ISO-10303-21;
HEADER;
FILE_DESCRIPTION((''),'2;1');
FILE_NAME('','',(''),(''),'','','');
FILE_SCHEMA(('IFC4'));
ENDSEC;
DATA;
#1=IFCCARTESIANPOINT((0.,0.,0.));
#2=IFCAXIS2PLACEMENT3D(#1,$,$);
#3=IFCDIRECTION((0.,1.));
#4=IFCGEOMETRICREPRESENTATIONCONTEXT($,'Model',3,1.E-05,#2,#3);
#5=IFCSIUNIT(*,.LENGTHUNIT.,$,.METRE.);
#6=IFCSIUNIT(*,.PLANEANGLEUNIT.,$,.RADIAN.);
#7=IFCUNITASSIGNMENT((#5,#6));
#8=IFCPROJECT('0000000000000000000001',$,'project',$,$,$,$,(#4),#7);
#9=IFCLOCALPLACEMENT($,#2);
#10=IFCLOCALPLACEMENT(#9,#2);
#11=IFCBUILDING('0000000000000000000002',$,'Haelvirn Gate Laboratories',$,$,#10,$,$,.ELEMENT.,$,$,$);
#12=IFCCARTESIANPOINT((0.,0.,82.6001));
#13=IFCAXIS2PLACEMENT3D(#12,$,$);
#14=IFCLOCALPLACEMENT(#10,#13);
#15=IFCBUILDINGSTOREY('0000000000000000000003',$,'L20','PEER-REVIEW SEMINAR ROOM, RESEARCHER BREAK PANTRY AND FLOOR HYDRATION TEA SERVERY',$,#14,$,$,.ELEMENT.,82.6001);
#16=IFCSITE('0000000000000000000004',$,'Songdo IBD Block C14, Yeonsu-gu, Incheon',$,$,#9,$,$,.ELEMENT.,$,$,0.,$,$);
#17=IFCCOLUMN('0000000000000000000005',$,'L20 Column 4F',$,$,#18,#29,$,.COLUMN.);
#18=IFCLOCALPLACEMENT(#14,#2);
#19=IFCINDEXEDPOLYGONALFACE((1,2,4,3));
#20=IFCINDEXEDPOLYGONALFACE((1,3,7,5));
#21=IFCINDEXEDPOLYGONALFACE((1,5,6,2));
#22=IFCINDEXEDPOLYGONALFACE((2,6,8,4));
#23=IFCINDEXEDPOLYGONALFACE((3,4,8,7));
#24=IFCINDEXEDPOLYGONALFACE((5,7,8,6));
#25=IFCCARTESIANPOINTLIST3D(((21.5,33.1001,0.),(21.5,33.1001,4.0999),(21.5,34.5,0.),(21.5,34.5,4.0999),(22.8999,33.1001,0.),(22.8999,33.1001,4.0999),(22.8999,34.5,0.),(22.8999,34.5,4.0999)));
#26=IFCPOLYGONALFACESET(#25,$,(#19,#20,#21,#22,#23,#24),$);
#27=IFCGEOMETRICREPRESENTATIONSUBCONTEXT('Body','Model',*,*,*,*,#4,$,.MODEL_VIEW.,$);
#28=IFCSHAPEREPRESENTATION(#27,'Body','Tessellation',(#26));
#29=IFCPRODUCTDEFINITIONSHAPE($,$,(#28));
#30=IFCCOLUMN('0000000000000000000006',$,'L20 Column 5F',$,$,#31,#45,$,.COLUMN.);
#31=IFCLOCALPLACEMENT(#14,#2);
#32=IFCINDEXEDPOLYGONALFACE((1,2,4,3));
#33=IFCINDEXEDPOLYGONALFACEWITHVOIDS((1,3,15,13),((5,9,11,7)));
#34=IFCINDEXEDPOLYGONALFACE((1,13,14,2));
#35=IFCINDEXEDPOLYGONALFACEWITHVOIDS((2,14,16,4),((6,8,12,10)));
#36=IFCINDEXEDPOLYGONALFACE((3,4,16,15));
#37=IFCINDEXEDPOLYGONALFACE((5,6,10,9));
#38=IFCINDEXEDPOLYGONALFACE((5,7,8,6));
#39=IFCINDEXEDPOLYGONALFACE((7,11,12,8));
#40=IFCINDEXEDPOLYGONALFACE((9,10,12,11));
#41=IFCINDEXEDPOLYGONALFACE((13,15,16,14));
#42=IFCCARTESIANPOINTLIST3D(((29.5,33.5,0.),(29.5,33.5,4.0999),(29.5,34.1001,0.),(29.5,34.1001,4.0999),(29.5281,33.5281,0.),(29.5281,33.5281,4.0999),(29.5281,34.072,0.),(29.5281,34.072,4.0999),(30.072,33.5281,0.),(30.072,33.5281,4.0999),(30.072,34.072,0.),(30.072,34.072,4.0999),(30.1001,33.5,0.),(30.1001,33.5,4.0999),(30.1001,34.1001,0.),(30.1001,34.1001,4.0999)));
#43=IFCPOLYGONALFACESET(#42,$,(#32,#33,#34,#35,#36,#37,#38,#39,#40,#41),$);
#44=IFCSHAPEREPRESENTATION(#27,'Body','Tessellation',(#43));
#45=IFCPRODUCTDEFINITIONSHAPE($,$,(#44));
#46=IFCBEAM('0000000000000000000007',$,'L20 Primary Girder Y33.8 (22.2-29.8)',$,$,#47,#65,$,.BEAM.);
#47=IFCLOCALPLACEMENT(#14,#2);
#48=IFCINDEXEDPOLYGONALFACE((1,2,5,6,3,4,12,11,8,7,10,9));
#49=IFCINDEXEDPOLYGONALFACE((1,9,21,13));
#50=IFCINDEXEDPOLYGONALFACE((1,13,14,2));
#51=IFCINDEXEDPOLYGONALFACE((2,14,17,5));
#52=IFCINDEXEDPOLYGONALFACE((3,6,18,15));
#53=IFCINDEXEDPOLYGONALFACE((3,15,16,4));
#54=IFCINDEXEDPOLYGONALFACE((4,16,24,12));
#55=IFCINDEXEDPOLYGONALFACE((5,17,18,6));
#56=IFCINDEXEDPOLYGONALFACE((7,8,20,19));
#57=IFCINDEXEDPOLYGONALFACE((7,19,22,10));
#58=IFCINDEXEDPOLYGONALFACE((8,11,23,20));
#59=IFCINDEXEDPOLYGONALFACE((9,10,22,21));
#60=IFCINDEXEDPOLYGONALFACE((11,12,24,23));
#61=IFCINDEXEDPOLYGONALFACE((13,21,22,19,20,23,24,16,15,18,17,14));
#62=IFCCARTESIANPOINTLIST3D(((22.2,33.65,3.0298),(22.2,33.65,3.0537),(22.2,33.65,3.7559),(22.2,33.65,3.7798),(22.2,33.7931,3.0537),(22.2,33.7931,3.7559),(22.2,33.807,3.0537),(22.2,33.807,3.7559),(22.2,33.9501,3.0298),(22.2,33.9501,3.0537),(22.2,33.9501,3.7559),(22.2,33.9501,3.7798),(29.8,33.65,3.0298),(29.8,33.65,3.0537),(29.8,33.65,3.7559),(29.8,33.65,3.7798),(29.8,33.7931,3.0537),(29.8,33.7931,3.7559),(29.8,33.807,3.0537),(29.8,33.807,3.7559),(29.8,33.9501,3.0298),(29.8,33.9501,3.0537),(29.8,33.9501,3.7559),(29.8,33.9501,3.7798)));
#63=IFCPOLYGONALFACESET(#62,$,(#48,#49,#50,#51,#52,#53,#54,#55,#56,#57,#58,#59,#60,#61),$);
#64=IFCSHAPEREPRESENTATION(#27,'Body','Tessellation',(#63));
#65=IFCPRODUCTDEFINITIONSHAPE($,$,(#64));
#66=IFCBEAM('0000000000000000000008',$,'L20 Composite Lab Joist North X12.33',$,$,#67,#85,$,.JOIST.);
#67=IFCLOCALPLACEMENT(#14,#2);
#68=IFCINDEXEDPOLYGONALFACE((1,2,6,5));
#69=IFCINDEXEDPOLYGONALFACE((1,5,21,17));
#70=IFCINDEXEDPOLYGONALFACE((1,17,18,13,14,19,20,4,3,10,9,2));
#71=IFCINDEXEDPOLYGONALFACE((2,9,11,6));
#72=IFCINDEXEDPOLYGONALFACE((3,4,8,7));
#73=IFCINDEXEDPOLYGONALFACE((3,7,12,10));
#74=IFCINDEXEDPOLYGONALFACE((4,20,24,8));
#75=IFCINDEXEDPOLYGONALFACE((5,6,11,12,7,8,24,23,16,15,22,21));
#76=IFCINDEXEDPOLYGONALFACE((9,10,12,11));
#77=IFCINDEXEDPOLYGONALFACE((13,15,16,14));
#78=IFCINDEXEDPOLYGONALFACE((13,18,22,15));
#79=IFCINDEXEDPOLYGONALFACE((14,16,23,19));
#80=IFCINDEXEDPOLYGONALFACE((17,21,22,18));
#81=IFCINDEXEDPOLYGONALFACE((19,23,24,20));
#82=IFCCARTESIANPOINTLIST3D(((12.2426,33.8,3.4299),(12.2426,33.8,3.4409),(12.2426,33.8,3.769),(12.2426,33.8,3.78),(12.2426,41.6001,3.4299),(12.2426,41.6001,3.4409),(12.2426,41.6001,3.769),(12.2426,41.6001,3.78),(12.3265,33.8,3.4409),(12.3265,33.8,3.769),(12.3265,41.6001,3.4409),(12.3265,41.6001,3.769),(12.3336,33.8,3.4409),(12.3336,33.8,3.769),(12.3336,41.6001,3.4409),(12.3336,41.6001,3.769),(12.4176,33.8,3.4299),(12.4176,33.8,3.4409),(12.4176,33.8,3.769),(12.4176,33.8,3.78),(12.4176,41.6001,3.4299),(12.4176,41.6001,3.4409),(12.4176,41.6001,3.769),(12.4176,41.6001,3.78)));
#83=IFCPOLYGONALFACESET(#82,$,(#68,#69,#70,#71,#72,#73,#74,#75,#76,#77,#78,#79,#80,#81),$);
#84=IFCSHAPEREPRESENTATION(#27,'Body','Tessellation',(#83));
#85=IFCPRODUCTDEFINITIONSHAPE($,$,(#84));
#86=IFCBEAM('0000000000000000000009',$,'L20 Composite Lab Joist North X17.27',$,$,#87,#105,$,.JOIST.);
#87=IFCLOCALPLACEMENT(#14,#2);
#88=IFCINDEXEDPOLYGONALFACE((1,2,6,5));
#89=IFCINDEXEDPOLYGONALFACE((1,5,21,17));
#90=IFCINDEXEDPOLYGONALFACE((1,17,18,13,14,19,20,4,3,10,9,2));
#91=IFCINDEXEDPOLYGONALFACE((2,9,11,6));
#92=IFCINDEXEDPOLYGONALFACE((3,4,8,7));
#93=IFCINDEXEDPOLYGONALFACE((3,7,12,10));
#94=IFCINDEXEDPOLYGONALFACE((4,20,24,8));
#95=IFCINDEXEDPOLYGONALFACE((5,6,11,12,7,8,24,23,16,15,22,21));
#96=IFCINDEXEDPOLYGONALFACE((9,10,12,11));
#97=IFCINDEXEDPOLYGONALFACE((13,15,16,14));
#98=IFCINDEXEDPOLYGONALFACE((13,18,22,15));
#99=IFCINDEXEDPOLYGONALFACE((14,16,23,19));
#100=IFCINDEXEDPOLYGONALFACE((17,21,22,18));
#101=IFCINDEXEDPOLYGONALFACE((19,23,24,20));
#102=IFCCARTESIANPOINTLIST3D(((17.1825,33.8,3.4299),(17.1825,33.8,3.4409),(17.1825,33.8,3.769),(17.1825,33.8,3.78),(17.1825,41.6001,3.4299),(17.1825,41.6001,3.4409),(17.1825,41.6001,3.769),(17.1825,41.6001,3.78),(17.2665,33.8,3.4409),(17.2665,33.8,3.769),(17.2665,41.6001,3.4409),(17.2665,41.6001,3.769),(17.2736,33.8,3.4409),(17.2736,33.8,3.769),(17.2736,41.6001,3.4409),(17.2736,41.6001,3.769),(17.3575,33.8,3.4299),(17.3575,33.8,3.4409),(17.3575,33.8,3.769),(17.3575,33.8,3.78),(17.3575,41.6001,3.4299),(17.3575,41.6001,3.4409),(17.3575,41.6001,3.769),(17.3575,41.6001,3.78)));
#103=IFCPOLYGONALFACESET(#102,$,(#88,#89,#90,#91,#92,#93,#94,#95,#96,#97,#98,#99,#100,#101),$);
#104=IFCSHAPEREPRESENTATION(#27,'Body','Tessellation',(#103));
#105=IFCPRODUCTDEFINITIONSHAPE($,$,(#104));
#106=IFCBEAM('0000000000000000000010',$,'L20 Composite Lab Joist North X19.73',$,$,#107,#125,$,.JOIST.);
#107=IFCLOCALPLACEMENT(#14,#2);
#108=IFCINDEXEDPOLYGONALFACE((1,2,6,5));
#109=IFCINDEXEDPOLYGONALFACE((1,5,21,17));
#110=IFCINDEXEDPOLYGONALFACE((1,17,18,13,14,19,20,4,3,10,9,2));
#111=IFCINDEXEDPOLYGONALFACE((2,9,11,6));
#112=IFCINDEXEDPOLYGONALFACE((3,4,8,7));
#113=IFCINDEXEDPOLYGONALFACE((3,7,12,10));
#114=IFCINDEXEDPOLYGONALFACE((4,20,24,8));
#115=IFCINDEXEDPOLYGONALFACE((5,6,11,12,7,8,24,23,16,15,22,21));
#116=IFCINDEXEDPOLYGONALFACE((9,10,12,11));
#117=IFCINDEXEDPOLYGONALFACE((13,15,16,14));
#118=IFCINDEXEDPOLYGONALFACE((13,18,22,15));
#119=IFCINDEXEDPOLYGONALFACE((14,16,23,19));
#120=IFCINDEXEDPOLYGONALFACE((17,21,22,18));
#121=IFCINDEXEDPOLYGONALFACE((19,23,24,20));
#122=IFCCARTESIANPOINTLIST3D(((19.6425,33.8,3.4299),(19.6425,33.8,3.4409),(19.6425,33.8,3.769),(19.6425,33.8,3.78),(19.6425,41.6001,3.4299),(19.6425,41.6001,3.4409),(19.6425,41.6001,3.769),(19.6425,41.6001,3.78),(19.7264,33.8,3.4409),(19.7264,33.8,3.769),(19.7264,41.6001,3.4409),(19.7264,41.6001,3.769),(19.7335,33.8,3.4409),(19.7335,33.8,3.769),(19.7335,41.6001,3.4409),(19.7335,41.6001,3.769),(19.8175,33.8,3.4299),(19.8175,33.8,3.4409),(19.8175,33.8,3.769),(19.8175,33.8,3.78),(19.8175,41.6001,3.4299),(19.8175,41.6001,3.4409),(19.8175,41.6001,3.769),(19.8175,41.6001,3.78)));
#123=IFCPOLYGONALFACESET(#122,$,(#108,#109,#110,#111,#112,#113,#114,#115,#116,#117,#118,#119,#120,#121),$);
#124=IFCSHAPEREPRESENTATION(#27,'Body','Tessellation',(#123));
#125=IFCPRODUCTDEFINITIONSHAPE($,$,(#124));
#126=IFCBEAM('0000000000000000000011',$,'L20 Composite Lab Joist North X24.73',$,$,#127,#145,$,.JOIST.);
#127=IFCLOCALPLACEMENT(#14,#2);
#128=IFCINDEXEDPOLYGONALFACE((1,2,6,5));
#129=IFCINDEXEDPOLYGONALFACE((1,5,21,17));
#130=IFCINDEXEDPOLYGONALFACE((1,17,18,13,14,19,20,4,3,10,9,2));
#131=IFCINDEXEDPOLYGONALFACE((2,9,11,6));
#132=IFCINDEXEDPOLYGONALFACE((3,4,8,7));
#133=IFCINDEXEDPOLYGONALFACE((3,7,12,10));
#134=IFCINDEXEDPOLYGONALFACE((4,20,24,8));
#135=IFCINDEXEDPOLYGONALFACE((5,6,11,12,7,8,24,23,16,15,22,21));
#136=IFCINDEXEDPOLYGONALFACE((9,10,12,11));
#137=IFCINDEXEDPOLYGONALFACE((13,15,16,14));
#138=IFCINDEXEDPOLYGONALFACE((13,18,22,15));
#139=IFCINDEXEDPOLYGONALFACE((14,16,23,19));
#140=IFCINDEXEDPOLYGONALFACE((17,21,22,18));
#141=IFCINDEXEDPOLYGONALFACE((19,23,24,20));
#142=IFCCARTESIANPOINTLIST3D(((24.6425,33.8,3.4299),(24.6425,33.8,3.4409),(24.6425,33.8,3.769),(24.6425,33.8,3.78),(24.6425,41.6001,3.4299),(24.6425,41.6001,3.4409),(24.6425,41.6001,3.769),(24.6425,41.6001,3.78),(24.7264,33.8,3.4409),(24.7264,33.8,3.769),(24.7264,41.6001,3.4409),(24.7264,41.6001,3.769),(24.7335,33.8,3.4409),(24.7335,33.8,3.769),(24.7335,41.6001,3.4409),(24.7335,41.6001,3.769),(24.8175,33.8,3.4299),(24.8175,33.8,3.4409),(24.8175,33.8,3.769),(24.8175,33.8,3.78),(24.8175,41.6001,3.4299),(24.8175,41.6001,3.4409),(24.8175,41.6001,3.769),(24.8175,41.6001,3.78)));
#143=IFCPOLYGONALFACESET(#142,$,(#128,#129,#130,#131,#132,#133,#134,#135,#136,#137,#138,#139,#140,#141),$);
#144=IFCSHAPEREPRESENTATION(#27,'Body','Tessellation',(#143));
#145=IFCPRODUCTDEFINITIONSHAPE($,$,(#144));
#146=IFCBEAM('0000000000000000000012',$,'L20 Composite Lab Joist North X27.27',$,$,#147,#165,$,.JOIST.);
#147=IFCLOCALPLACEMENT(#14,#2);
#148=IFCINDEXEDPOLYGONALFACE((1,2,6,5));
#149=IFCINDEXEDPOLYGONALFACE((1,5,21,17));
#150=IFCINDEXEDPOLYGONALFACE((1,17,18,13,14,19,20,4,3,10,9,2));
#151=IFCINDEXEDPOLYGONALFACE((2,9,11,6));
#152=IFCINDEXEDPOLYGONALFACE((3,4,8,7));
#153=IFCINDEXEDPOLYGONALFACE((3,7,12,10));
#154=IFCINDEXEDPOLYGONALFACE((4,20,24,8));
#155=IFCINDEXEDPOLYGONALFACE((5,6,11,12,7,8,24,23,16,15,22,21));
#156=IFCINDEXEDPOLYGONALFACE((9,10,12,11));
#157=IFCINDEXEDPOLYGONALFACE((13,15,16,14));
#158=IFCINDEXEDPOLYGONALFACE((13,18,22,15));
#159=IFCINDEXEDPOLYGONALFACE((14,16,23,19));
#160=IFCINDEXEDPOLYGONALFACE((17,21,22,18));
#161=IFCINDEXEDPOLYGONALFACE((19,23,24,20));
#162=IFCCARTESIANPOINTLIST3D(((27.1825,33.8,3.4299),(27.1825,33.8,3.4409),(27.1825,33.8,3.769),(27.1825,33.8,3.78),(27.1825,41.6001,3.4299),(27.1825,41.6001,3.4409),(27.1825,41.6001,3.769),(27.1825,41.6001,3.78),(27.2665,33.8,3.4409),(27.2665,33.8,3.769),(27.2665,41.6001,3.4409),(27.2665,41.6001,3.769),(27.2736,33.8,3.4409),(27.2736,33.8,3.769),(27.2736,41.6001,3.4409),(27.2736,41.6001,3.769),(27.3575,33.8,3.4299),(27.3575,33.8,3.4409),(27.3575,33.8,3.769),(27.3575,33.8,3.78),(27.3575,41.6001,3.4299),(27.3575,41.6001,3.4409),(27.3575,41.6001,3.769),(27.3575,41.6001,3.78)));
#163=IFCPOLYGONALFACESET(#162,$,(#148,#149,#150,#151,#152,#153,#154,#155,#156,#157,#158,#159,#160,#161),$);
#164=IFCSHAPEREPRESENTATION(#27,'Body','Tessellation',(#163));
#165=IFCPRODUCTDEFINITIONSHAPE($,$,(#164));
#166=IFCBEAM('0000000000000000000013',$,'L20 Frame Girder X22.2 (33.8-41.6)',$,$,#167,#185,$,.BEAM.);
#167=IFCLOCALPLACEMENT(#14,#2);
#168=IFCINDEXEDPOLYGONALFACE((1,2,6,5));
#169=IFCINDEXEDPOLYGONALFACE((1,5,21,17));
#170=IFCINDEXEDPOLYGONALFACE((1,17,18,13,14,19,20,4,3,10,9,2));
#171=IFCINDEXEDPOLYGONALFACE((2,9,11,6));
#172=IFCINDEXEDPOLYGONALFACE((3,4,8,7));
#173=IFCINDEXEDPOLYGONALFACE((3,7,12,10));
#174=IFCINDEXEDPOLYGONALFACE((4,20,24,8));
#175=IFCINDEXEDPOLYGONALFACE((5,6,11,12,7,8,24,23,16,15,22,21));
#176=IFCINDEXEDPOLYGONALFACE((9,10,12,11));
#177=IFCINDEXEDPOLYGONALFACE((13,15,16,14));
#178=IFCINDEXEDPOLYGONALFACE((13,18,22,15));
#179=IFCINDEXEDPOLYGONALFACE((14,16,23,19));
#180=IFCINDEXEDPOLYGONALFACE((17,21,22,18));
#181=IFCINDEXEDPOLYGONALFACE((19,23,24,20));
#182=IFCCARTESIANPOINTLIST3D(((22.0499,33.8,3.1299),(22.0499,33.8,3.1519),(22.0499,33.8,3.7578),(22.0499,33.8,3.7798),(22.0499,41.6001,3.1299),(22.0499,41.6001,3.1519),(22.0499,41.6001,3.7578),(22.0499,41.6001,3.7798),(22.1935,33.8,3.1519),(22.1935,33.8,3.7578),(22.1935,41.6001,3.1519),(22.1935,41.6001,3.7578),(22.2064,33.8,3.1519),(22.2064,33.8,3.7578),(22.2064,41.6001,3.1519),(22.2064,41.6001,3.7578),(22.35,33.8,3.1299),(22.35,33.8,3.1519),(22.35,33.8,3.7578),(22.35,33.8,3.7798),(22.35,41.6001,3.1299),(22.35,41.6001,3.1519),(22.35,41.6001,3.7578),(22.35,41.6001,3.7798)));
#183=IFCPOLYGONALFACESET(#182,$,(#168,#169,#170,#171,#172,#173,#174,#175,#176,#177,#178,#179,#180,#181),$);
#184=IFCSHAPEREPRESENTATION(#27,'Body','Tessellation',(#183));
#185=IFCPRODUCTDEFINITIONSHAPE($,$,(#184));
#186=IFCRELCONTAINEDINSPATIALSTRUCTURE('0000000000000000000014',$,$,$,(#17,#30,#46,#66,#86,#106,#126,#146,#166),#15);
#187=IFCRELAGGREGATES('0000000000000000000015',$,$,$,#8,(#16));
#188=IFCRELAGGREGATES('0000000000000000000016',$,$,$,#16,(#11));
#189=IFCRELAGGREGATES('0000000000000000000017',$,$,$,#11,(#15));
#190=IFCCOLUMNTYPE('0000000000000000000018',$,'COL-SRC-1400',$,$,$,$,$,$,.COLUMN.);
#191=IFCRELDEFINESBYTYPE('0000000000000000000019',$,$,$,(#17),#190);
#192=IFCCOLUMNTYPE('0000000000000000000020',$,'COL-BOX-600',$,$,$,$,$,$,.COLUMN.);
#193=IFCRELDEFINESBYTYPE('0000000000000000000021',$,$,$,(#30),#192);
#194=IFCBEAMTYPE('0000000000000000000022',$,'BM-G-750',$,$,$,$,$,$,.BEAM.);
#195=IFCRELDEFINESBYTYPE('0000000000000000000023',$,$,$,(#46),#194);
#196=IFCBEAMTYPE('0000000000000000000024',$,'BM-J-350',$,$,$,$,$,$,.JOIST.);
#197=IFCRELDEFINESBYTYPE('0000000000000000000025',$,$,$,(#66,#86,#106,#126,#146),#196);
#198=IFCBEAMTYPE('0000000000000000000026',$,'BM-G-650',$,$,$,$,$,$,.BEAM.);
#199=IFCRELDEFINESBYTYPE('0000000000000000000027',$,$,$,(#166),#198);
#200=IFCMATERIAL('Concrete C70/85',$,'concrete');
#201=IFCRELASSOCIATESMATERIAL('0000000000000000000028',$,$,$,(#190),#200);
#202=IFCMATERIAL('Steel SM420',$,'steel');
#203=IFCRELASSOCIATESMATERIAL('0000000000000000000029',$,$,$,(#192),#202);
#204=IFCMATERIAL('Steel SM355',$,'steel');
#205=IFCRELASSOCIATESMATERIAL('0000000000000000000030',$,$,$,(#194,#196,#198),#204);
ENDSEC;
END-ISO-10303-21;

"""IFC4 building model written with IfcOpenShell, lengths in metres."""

from ifc_helpers import new_model, si_unit, direction, frame, origin, origin_2d, place, context, subcontext, project, spatial, rectangle, hollow_rectangle, i_section, extrude, source, transform, mapped, material, material_profile, profile_set, type_object, type_shapes, element, save


model = new_model("IFC4")

# Units and contexts
model_context = context("Model", 3, precision=1e-05, world=origin(), true_north=direction((0.0, 1.0)))
body_context = subcontext(model_context, "Body", "Model", "MODEL_VIEW")
ifc_project = project(units=[si_unit("LENGTHUNIT", "METRE"), si_unit("PLANEANGLEUNIT", "RADIAN")], contexts=[model_context])

# Site, building, storey
site_placement = place(None, origin())
site = spatial("IfcSite", under=ifc_project, at=site_placement, Name="Songdo IBD Block C14, Yeonsu-gu, Incheon", CompositionType="ELEMENT", RefElevation=0.0)
building_placement = place(site_placement, origin())
building = spatial("IfcBuilding", under=site, at=building_placement, Name="Haelvirn Gate Laboratories", CompositionType="ELEMENT")
storey_placement = place(building_placement, frame((0.0, 0.0, 82.6001)))
storey = spatial("IfcBuildingStorey", under=building, at=storey_placement, Name="L20", Description="PEER-REVIEW SEMINAR ROOM, RESEARCHER BREAK PANTRY AND FLOOR HYDRATION TEA SERVERY", CompositionType="ELEMENT", Elevation=82.6001)

# Columns
ifc_material_1 = material(Name="Concrete C70/85", Category="concrete")
ifc_material_profile_1 = material_profile(ifc_material_1, rectangle(XDim=1.3999, YDim=1.3999, at=origin_2d()), Name="SRC-1400x1400")
ifc_profile_set_1 = profile_set([ifc_material_profile_1], Name="Concrete C70/85")
column_type_1 = type_object("IfcColumnType", Name="COL-SRC-1400", PredefinedType="COLUMN", material=ifc_profile_set_1)
shared_shape_1 = source(origin(), body_context, "Body", "SweptSolid", [
    extrude(rectangle(XDim=1.3999, YDim=1.3999, at=origin_2d()), origin(), (0.0, 0.0, 1.0), 4.0999),
])
type_shapes(column_type_1, [shared_shape_1])
column_1_placement = place(storey_placement, frame((22.2, 33.8, 0.0), z_axis=(0.0, 0.0, 1.0), x_axis=(1.0, 0.0, 0.0)))
element("IfcColumn", 1, at=column_1_placement, inside=storey, type_object=column_type_1, Name="L20 Column 4F", PredefinedType="COLUMN", context=body_context, shape_type="MappedRepresentation", body=[
    mapped(shared_shape_1, transform((0.0, 0.0, 0.0), scale=1.0)),
])
ifc_material_2 = material(Name="Steel SM420", Category="steel")
ifc_material_profile_2 = material_profile(ifc_material_2, hollow_rectangle(XDim=0.6001, YDim=0.6001, WallThickness=0.0281, at=origin_2d()), Name="BOX-600x600x28")
ifc_profile_set_2 = profile_set([ifc_material_profile_2], Name="Steel SM420")
column_type_2 = type_object("IfcColumnType", Name="COL-BOX-600", PredefinedType="COLUMN", material=ifc_profile_set_2)
shared_shape_2 = source(origin(), body_context, "Body", "SweptSolid", [
    extrude(hollow_rectangle(XDim=0.6001, YDim=0.6001, WallThickness=0.0281, at=origin_2d()), origin(), (0.0, 0.0, 1.0), 4.0999),
])
type_shapes(column_type_2, [shared_shape_2])
column_2_placement = place(storey_placement, frame((29.8, 33.8, 0.0), z_axis=(0.0, 0.0, 1.0), x_axis=(1.0, 0.0, 0.0)))
element("IfcColumn", 2, at=column_2_placement, inside=storey, type_object=column_type_2, Name="L20 Column 5F", PredefinedType="COLUMN", context=body_context, shape_type="MappedRepresentation", body=[
    mapped(shared_shape_2, transform((0.0, 0.0, 0.0), scale=1.0)),
])

# Beams
ifc_material_3 = material(Name="Steel SM355", Category="steel")
ifc_material_profile_3 = material_profile(ifc_material_3, i_section(OverallWidth=0.3, OverallDepth=0.75, WebThickness=0.0139, FlangeThickness=0.0239, at=origin_2d()), Name="H-750x300x14x24")
ifc_profile_set_3 = profile_set([ifc_material_profile_3], Name="Steel SM355")
beam_type_1 = type_object("IfcBeamType", Name="BM-G-750", PredefinedType="BEAM", material=ifc_profile_set_3)
shared_shape_3 = source(origin(), body_context, "Body", "SweptSolid", [
    extrude(i_section(OverallWidth=0.3, OverallDepth=0.75, WebThickness=0.0139, FlangeThickness=0.0239, at=origin_2d()), origin(), (0.0, 0.0, 1.0), 7.6001),
])
type_shapes(beam_type_1, [shared_shape_3])
beam_1_placement = place(storey_placement, frame((22.2, 33.8, 3.4048), z_axis=(1.0, 0.0, 0.0), x_axis=(0.0, 1.0, 0.0)))
element("IfcBeam", 3, at=beam_1_placement, inside=storey, type_object=beam_type_1, Name="L20 Primary Girder Y33.8 (22.2-29.8)", PredefinedType="BEAM", context=body_context, shape_type="MappedRepresentation", body=[
    mapped(shared_shape_3, transform((0.0, 0.0, 0.0), scale=1.0)),
])
ifc_material_profile_4 = material_profile(ifc_material_3, i_section(OverallWidth=0.175, OverallDepth=0.3501, WebThickness=0.0071, FlangeThickness=0.011, at=origin_2d()), Name="H-350x175x7x11")
ifc_profile_set_4 = profile_set([ifc_material_profile_4], Name="Steel SM355")
beam_type_2 = type_object("IfcBeamType", Name="BM-J-350", PredefinedType="JOIST", material=ifc_profile_set_4)
shared_shape_4 = source(origin(), body_context, "Body", "SweptSolid", [
    extrude(i_section(OverallWidth=0.175, OverallDepth=0.3501, WebThickness=0.0071, FlangeThickness=0.011, at=origin_2d()), origin(), (0.0, 0.0, 1.0), 7.8),
])
type_shapes(beam_type_2, [shared_shape_4])
for number, where, z_axis, x_axis, name in (
    (4, (12.3301, 33.8, 3.605), (0.0, 1.0, 0.0), (-1.0, 0.0, 0.0), "L20 Composite Lab Joist North X12.33"),
    (5, (17.27, 33.8, 3.605), (0.0, 1.0, 0.0), (-1.0, 0.0, 0.0), "L20 Composite Lab Joist North X17.27"),
    (6, (19.73, 33.8, 3.605), (0.0, 1.0, 0.0), (-1.0, 0.0, 0.0), "L20 Composite Lab Joist North X19.73"),
    (7, (24.73, 33.8, 3.605), (0.0, 1.0, 0.0), (-1.0, 0.0, 0.0), "L20 Composite Lab Joist North X24.73"),
    (8, (27.27, 33.8, 3.605), (0.0, 1.0, 0.0), (-1.0, 0.0, 0.0), "L20 Composite Lab Joist North X27.27"),
):
    element("IfcBeam", number, at=place(storey_placement, frame(where, z_axis=z_axis, x_axis=x_axis)), inside=storey, type_object=beam_type_2, Name=name, PredefinedType="JOIST", context=body_context, shape_type="MappedRepresentation", body=[
        mapped(shared_shape_4, transform((0.0, 0.0, 0.0), scale=1.0)),
    ])
ifc_material_profile_5 = material_profile(ifc_material_3, i_section(OverallWidth=0.3, OverallDepth=0.6499, WebThickness=0.0129, FlangeThickness=0.022, at=origin_2d()), Name="H-650x300x13x22")
ifc_profile_set_5 = profile_set([ifc_material_profile_5], Name="Steel SM355")
beam_type_3 = type_object("IfcBeamType", Name="BM-G-650", PredefinedType="BEAM", material=ifc_profile_set_5)
shared_shape_5 = source(origin(), body_context, "Body", "SweptSolid", [
    extrude(i_section(OverallWidth=0.3, OverallDepth=0.6499, WebThickness=0.0129, FlangeThickness=0.022, at=origin_2d()), origin(), (0.0, 0.0, 1.0), 7.8),
])
type_shapes(beam_type_3, [shared_shape_5])
beam_2_placement = place(storey_placement, frame((22.2, 33.8, 3.4548), z_axis=(0.0, 1.0, 0.0), x_axis=(-1.0, 0.0, 0.0)))
element("IfcBeam", 9, at=beam_2_placement, inside=storey, type_object=beam_type_3, Name="L20 Frame Girder X22.2 (33.8-41.6)", PredefinedType="BEAM", context=body_context, shape_type="MappedRepresentation", body=[
    mapped(shared_shape_5, transform((0.0, 0.0, 0.0), scale=1.0)),
])

save(model, "model.ifc")
